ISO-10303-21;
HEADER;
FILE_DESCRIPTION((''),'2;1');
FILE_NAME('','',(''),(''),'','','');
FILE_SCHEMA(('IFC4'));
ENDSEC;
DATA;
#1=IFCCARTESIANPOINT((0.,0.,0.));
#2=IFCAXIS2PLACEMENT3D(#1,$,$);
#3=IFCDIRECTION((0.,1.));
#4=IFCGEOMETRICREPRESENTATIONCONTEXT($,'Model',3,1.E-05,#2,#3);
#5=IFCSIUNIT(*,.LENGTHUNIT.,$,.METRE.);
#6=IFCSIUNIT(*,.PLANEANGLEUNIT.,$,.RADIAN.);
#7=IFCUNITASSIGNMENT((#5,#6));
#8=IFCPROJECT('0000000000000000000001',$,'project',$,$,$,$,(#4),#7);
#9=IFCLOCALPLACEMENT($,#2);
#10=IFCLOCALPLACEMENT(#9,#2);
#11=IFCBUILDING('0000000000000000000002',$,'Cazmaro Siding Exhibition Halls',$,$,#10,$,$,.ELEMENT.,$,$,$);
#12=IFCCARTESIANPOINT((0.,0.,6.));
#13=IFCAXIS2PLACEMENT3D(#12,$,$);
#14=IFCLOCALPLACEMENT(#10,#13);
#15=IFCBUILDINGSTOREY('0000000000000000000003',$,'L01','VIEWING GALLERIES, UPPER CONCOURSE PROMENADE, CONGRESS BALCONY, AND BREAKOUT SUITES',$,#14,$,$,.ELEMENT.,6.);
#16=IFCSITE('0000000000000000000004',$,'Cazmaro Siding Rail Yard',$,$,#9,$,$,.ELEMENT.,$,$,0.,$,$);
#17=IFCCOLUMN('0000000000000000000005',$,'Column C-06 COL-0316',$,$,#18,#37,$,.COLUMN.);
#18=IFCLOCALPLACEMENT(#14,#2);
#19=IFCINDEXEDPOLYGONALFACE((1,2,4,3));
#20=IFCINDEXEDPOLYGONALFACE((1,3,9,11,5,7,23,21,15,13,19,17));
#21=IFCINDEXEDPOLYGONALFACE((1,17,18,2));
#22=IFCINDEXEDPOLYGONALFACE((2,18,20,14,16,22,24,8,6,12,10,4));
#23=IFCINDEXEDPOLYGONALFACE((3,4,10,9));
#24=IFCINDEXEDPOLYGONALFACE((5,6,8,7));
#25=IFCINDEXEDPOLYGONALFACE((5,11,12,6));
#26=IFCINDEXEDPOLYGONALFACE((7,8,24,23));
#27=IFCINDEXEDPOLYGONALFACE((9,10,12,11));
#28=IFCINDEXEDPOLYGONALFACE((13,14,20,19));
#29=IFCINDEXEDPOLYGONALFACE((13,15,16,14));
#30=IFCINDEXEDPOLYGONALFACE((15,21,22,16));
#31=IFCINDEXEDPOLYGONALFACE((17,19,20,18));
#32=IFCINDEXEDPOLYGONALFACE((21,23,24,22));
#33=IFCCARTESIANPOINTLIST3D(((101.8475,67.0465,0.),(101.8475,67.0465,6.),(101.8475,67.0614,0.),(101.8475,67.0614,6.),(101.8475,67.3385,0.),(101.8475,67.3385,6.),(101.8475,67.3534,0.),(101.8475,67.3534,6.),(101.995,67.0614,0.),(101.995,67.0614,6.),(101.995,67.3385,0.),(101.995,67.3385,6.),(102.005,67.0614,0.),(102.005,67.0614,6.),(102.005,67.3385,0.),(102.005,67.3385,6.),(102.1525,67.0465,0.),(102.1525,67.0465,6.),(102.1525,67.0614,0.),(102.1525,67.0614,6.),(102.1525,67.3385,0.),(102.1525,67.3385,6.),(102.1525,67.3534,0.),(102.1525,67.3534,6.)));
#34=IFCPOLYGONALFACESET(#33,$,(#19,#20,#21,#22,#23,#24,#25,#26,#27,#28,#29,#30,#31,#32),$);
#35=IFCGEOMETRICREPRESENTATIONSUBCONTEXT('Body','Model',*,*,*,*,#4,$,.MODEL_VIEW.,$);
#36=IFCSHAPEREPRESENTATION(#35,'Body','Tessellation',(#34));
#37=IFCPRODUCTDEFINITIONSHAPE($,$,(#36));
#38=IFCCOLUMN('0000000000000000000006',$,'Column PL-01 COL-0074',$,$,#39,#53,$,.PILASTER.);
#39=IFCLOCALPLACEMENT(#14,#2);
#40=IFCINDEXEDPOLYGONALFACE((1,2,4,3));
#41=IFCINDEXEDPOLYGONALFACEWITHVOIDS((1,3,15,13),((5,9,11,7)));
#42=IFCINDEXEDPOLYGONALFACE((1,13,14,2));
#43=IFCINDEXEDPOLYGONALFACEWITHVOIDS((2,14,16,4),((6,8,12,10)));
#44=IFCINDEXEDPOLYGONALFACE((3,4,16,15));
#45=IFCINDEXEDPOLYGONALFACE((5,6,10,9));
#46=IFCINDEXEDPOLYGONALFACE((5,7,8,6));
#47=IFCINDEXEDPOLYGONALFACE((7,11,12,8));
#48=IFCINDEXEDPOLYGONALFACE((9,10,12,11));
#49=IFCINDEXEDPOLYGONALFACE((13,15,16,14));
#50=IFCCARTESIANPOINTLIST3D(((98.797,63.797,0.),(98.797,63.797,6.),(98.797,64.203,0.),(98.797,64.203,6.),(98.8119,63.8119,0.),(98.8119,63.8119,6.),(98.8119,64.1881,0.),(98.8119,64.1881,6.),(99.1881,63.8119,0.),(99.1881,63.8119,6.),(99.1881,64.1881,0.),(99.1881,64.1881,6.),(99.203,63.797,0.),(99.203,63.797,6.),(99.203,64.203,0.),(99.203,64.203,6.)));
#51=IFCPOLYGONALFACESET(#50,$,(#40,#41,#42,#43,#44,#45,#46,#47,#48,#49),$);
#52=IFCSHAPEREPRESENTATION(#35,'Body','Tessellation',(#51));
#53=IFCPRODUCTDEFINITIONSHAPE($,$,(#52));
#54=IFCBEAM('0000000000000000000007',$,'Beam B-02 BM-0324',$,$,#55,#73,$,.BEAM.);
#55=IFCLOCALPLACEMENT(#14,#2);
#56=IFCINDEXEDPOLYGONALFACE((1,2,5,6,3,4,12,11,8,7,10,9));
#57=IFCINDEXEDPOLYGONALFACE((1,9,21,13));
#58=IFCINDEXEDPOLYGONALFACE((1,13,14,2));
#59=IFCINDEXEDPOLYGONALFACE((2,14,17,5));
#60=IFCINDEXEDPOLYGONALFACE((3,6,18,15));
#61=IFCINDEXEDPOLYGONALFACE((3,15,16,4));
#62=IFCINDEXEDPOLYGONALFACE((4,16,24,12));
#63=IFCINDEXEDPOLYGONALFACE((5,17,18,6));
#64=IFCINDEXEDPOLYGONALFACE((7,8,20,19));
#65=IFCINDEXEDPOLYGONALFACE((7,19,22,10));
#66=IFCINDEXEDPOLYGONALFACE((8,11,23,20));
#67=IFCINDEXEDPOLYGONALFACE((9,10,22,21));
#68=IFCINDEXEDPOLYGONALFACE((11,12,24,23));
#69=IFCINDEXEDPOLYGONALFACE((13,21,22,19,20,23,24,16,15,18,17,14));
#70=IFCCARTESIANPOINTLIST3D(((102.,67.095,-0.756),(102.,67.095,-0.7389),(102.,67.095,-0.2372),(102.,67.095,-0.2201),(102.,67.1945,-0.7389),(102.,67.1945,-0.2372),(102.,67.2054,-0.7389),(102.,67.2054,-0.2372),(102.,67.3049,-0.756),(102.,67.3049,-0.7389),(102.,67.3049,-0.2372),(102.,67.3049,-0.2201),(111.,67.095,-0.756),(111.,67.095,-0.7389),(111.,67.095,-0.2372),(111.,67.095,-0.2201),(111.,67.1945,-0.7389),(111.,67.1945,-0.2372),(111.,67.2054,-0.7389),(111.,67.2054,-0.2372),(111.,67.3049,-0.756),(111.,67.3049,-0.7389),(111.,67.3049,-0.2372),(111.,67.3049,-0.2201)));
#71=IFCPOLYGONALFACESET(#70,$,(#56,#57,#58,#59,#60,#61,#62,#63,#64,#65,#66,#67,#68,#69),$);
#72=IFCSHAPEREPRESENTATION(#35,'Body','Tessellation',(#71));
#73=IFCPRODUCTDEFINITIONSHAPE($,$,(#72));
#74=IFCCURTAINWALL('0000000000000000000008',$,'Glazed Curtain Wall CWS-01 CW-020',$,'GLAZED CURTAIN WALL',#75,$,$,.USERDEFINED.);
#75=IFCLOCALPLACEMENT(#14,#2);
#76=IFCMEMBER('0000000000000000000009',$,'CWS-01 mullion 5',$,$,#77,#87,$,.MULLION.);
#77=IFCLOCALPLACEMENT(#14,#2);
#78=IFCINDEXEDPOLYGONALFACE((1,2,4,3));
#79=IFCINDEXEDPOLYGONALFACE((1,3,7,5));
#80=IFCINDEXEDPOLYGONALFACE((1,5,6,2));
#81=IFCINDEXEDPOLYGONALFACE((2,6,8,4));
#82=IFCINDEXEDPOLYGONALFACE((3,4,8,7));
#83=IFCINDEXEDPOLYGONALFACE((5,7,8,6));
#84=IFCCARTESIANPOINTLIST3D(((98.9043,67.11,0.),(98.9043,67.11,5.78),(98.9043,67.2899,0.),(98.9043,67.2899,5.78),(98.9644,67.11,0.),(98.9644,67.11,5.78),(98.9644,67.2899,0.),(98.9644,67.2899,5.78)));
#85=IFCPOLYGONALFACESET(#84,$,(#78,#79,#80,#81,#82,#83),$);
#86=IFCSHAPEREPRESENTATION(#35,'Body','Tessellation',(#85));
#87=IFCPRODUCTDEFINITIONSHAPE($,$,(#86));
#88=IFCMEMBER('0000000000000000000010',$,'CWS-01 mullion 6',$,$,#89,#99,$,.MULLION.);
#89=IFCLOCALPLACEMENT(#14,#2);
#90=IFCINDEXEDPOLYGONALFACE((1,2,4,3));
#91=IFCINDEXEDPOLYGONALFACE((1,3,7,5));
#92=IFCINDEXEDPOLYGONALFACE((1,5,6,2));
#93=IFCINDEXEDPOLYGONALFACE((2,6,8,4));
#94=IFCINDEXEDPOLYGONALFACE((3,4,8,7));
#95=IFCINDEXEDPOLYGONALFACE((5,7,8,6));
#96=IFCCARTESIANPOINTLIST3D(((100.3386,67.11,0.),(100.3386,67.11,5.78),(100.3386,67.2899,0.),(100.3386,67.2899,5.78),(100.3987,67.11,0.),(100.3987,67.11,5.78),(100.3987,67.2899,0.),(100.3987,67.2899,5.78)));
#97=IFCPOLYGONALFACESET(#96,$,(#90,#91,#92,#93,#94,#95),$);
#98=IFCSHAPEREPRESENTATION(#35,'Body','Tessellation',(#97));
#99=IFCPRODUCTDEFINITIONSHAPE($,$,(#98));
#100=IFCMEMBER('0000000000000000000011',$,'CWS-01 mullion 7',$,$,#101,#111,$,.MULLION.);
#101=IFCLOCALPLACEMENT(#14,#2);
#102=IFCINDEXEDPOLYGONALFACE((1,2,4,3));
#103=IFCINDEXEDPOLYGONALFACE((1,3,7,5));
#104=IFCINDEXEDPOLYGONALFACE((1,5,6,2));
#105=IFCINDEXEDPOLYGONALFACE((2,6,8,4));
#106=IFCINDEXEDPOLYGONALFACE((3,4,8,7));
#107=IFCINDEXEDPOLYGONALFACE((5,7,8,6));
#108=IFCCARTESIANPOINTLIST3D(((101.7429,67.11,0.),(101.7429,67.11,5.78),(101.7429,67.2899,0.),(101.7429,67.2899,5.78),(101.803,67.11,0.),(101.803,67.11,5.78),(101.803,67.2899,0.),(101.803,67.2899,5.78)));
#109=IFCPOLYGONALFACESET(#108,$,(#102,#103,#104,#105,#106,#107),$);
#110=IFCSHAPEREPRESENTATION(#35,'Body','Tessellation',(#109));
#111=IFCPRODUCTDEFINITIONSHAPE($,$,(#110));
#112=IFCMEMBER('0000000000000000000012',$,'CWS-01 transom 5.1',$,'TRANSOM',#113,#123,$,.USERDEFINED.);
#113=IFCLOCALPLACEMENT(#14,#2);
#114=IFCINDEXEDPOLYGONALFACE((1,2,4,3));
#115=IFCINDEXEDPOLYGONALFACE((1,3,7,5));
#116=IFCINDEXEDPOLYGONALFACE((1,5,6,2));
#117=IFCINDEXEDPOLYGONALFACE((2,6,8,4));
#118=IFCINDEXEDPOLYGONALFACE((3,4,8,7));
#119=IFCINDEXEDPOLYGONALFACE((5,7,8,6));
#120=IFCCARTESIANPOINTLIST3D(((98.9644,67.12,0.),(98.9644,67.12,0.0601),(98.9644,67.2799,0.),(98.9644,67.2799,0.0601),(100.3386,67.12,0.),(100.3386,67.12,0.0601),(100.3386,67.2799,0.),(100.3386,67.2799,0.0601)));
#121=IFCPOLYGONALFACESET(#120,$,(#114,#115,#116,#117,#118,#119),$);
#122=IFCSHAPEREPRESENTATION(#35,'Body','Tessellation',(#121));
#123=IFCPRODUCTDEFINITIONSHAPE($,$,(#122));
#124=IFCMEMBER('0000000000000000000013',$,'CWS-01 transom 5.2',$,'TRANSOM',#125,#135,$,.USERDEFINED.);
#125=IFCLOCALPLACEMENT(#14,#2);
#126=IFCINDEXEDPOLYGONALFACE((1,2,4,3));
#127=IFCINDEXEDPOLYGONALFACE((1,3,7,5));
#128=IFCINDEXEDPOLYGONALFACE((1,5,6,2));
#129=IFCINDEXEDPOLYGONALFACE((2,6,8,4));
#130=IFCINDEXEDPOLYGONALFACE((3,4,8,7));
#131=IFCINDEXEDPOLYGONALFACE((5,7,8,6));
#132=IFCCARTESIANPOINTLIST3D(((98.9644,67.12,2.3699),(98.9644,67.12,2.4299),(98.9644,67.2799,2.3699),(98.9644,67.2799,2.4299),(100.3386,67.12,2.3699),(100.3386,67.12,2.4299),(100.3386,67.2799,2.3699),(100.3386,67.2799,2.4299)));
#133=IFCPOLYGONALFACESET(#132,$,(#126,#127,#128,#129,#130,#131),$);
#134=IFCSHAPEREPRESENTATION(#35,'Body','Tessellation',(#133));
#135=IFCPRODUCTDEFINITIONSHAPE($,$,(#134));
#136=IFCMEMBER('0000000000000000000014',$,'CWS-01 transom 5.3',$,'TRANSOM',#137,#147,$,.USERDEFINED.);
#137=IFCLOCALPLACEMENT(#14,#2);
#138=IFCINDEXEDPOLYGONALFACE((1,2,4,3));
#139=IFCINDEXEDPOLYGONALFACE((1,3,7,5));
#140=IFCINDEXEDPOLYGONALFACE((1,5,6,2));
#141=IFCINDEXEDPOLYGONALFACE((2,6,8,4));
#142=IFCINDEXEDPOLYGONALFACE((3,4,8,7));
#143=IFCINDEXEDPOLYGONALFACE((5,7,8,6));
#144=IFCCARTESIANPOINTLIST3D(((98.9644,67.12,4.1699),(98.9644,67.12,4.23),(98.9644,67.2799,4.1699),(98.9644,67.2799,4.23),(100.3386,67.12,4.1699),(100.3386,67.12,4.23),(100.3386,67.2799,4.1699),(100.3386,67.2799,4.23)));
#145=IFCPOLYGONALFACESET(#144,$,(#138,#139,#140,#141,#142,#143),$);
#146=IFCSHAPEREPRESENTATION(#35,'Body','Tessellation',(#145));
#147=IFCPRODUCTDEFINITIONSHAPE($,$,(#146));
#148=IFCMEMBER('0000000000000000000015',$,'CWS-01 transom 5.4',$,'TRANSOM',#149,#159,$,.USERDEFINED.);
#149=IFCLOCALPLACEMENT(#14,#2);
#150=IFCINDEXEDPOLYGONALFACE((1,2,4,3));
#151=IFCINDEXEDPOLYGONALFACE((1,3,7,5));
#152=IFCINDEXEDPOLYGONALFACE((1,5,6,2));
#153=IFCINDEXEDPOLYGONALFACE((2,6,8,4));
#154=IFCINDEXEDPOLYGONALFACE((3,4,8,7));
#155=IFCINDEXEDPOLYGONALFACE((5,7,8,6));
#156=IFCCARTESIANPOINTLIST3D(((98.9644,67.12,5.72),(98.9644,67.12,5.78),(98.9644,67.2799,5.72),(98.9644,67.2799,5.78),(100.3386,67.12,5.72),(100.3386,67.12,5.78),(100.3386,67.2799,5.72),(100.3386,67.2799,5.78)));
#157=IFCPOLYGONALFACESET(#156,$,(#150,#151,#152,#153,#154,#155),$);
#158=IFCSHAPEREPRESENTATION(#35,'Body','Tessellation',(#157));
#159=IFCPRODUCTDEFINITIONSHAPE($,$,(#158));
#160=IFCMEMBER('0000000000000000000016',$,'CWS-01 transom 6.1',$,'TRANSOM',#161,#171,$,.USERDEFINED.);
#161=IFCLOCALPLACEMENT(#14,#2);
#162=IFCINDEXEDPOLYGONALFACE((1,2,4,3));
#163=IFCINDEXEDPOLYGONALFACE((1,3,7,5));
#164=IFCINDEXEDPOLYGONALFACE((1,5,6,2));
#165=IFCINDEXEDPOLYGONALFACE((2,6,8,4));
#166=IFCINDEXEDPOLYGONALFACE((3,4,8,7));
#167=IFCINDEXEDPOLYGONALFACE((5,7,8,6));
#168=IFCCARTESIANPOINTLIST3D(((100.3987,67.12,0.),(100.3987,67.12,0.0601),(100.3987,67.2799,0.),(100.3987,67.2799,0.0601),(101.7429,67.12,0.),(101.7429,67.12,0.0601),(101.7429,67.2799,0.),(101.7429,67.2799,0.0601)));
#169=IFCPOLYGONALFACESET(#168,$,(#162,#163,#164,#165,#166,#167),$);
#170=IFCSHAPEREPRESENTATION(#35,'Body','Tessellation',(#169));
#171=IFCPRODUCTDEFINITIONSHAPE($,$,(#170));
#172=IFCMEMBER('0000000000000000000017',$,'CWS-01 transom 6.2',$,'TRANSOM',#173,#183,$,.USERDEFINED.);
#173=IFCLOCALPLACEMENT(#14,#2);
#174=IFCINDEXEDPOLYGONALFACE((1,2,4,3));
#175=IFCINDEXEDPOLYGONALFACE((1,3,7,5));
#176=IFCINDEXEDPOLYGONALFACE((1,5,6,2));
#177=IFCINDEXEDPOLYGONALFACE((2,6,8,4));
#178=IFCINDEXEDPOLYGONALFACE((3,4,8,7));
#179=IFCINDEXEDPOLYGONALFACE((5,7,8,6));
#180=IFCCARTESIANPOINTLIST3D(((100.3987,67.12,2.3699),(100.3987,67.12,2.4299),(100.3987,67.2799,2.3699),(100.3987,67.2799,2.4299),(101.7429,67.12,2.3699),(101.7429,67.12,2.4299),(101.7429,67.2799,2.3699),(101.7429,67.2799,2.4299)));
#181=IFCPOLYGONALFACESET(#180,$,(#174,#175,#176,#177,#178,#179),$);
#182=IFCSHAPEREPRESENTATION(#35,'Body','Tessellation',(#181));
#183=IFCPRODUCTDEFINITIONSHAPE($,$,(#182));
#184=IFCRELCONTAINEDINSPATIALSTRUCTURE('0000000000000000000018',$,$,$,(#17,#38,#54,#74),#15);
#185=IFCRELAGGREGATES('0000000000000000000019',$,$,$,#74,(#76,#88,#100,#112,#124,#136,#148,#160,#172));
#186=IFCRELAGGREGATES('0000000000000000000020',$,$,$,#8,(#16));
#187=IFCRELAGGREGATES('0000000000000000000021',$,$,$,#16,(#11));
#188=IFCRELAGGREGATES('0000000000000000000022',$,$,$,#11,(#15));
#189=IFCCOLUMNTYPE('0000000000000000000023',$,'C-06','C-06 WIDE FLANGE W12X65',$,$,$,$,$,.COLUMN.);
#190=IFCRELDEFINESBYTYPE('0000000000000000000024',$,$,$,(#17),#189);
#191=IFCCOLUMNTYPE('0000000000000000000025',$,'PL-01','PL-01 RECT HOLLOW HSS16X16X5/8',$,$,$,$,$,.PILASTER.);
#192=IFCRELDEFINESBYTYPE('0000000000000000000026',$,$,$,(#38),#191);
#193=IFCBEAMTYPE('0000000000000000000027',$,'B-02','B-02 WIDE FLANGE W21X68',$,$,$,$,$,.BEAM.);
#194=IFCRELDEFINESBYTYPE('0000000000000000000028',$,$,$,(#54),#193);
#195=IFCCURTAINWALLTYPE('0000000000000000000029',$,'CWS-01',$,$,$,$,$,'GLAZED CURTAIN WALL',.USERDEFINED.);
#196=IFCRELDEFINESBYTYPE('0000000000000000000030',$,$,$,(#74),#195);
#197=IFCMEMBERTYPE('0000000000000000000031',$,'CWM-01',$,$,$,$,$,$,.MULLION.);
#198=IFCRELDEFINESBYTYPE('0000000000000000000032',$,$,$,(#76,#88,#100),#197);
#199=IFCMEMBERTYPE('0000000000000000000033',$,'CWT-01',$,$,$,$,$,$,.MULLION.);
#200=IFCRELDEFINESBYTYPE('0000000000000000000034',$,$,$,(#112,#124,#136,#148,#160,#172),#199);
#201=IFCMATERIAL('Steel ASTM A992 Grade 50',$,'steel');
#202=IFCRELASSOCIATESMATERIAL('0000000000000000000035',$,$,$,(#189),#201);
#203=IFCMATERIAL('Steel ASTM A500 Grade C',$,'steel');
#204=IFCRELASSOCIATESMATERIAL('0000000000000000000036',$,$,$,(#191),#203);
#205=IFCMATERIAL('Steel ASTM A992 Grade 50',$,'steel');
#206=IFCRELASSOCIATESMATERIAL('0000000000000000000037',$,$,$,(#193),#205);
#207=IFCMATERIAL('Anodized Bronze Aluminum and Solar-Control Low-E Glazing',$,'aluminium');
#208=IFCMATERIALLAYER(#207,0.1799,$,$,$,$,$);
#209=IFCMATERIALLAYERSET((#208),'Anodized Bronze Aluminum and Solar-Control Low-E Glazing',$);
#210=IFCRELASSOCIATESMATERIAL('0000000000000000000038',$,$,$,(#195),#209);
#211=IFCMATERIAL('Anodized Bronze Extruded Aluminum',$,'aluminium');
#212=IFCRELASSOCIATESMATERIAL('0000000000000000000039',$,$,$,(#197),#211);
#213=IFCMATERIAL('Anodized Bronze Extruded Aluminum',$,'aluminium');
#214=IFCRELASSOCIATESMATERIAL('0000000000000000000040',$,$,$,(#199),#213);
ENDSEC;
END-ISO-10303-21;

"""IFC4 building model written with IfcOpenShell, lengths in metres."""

from ifc_helpers import new_model, si_unit, direction, frame, origin, origin_2d, place, context, subcontext, project, spatial, rectangle, hollow_rectangle, i_section, extrude, material, layer, layer_set, material_profile, profile_set, type_object, element, aggregate, save


model = new_model("IFC4")

# Units and contexts
model_context = context("Model", 3, precision=1e-05, world=origin(), true_north=direction((0.0, 1.0)))
body_context = subcontext(model_context, "Body", "Model", "MODEL_VIEW")
ifc_project = project(units=[si_unit("LENGTHUNIT", "METRE"), si_unit("PLANEANGLEUNIT", "RADIAN")], contexts=[model_context])

# Site, building, storey
site_placement = place(None, origin())
site = spatial("IfcSite", under=ifc_project, at=site_placement, Name="Cazmaro Siding Rail Yard", CompositionType="ELEMENT", RefElevation=0.0)
building_placement = place(site_placement, origin())
building = spatial("IfcBuilding", under=site, at=building_placement, Name="Cazmaro Siding Exhibition Halls", CompositionType="ELEMENT")
storey_placement = place(building_placement, frame((0.0, 0.0, 6.0)))
storey = spatial("IfcBuildingStorey", under=building, at=storey_placement, Name="L01", Description="VIEWING GALLERIES, UPPER CONCOURSE PROMENADE, CONGRESS BALCONY, AND BREAKOUT SUITES", CompositionType="ELEMENT", Elevation=6.0)

# Columns
ifc_material_1 = material(Name="Steel ASTM A992 Grade 50", Category="steel")
ifc_material_profile_1 = material_profile(ifc_material_1, i_section(OverallWidth=0.3049, OverallDepth=0.3069, WebThickness=0.01, FlangeThickness=0.0149, at=origin_2d()), Name="W12X65")
ifc_profile_set_1 = profile_set([ifc_material_profile_1], Name="Steel ASTM A992 Grade 50")
column_type_1 = type_object("IfcColumnType", Name="C-06", Description="C-06 WIDE FLANGE W12X65", PredefinedType="COLUMN", material=ifc_profile_set_1)
column_1_placement = place(storey_placement, frame((102.0, 67.2, 0.0), z_axis=(0.0, 0.0, 1.0), x_axis=(1.0, 0.0, 0.0)))
element("IfcColumn", 1, at=column_1_placement, inside=storey, type_object=column_type_1, Name="Column C-06 COL-0316", PredefinedType="COLUMN", context=body_context, shape_type="SweptSolid", body=[
    extrude(i_section(OverallWidth=0.3049, OverallDepth=0.3069, WebThickness=0.01, FlangeThickness=0.0149, at=origin_2d()), origin(), (0.0, 0.0, 1.0), 6.0),
])
ifc_material_2 = material(Name="Steel ASTM A500 Grade C", Category="steel")
ifc_material_profile_2 = material_profile(ifc_material_2, hollow_rectangle(XDim=0.406, YDim=0.406, WallThickness=0.0149, at=origin_2d()), Name="HSS16X16X5/8")
ifc_profile_set_2 = profile_set([ifc_material_profile_2], Name="Steel ASTM A500 Grade C")
column_type_2 = type_object("IfcColumnType", Name="PL-01", Description="PL-01 RECT HOLLOW HSS16X16X5/8", PredefinedType="PILASTER", material=ifc_profile_set_2)
column_2_placement = place(storey_placement, frame((99.0, 64.0, 0.0), z_axis=(0.0, 0.0, 1.0), x_axis=(1.0, 0.0, 0.0)))
element("IfcColumn", 2, at=column_2_placement, inside=storey, type_object=column_type_2, Name="Column PL-01 COL-0074", PredefinedType="PILASTER", context=body_context, shape_type="SweptSolid", body=[
    extrude(hollow_rectangle(XDim=0.406, YDim=0.406, WallThickness=0.0149, at=origin_2d()), origin(), (0.0, 0.0, 1.0), 6.0),
])

# Beam
ifc_material_3 = material(Name="Steel ASTM A992 Grade 50", Category="steel")
ifc_material_profile_3 = material_profile(ifc_material_3, i_section(OverallWidth=0.21, OverallDepth=0.5359, WebThickness=0.011, FlangeThickness=0.0171, at=origin_2d()), Name="W21X68")
ifc_profile_set_3 = profile_set([ifc_material_profile_3], Name="Steel ASTM A992 Grade 50")
beam_type_1 = type_object("IfcBeamType", Name="B-02", Description="B-02 WIDE FLANGE W21X68", PredefinedType="BEAM", material=ifc_profile_set_3)
beam_1_placement = place(storey_placement, frame((102.0, 67.2, -0.488), z_axis=(1.0, 0.0, 0.0), x_axis=(0.0, 1.0, 0.0)))
element("IfcBeam", 3, at=beam_1_placement, inside=storey, type_object=beam_type_1, Name="Beam B-02 BM-0324", PredefinedType="BEAM", context=body_context, shape_type="SweptSolid", body=[
    extrude(i_section(OverallWidth=0.21, OverallDepth=0.5359, WebThickness=0.011, FlangeThickness=0.0171, at=origin_2d()), origin(), (0.0, 0.0, 1.0), 9.0),
])

# Curtain wall, members
ifc_material_4 = material(Name="Anodized Bronze Aluminum and Solar-Control Low-E Glazing", Category="aluminium")
ifc_layer_1 = layer(ifc_material_4, 0.1799)
ifc_layer_set_1 = layer_set([ifc_layer_1], Name="Anodized Bronze Aluminum and Solar-Control Low-E Glazing")
curtain_wall_type = type_object("IfcCurtainWallType", Name="CWS-01", ElementType="GLAZED CURTAIN WALL", PredefinedType="USERDEFINED", material=ifc_layer_set_1)
curtain_wall_placement = place(storey_placement, origin())
curtain_wall = element("IfcCurtainWall", 4, at=curtain_wall_placement, inside=storey, type_object=curtain_wall_type, Name="Glazed Curtain Wall CWS-01 CW-020", ObjectType="GLAZED CURTAIN WALL", PredefinedType="USERDEFINED")
ifc_material_5 = material(Name="Anodized Bronze Extruded Aluminum", Category="aluminium")
ifc_material_profile_4 = material_profile(ifc_material_5, rectangle(XDim=0.1799, YDim=0.0601, at=origin_2d()), Name="CWM-01")
ifc_profile_set_4 = profile_set([ifc_material_profile_4], Name="Anodized Bronze Extruded Aluminum")
member_type_1 = type_object("IfcMemberType", Name="CWM-01", PredefinedType="MULLION", material=ifc_profile_set_4)
member_1_placement = place(storey_placement, frame((98.9343, 67.2, 0.0), z_axis=(0.0, 0.0, 1.0), x_axis=(0.0, 1.0, 0.0)))
member_1 = element("IfcMember", 5, at=member_1_placement, type_object=member_type_1, Name="CWS-01 mullion 5", PredefinedType="MULLION", context=body_context, shape_type="SweptSolid", body=[
    extrude(rectangle(XDim=0.1799, YDim=0.0601, at=origin_2d()), origin(), (0.0, 0.0, 1.0), 5.78),
])
member_2_placement = place(storey_placement, frame((100.3687, 67.2, 0.0), z_axis=(0.0, 0.0, 1.0), x_axis=(0.0, 1.0, 0.0)))
member_2 = element("IfcMember", 6, at=member_2_placement, type_object=member_type_1, Name="CWS-01 mullion 6", PredefinedType="MULLION", context=body_context, shape_type="SweptSolid", body=[
    extrude(rectangle(XDim=0.1799, YDim=0.0601, at=origin_2d()), origin(), (0.0, 0.0, 1.0), 5.78),
])
member_3_placement = place(storey_placement, frame((101.7729, 67.2, 0.0), z_axis=(0.0, 0.0, 1.0), x_axis=(0.0, 1.0, 0.0)))
member_3 = element("IfcMember", 7, at=member_3_placement, type_object=member_type_1, Name="CWS-01 mullion 7", PredefinedType="MULLION", context=body_context, shape_type="SweptSolid", body=[
    extrude(rectangle(XDim=0.1799, YDim=0.0601, at=origin_2d()), origin(), (0.0, 0.0, 1.0), 5.78),
])
ifc_material_6 = material(Name="Anodized Bronze Extruded Aluminum", Category="aluminium")
ifc_material_profile_5 = material_profile(ifc_material_6, rectangle(XDim=0.1599, YDim=0.0601, at=origin_2d()), Name="CWT-01")
ifc_profile_set_5 = profile_set([ifc_material_profile_5], Name="Anodized Bronze Extruded Aluminum")
member_type_2 = type_object("IfcMemberType", Name="CWT-01", PredefinedType="MULLION", material=ifc_profile_set_5)
member_4_placement = place(storey_placement, frame((98.9644, 67.2, 0.03), z_axis=(1.0, 0.0, 0.0), x_axis=(0.0, 1.0, 0.0)))
member_4 = element("IfcMember", 8, at=member_4_placement, type_object=member_type_2, Name="CWS-01 transom 5.1", ObjectType="TRANSOM", PredefinedType="USERDEFINED", context=body_context, shape_type="SweptSolid", body=[
    extrude(rectangle(XDim=0.1599, YDim=0.0601, at=origin_2d()), origin(), (0.0, 0.0, 1.0), 1.3743),
])
member_5_placement = place(storey_placement, frame((98.9644, 67.2, 2.3999), z_axis=(1.0, 0.0, 0.0), x_axis=(0.0, 1.0, 0.0)))
member_5 = element("IfcMember", 9, at=member_5_placement, type_object=member_type_2, Name="CWS-01 transom 5.2", ObjectType="TRANSOM", PredefinedType="USERDEFINED", context=body_context, shape_type="SweptSolid", body=[
    extrude(rectangle(XDim=0.1599, YDim=0.0601, at=origin_2d()), origin(), (0.0, 0.0, 1.0), 1.3743),
])
member_6_placement = place(storey_placement, frame((98.9644, 67.2, 4.2), z_axis=(1.0, 0.0, 0.0), x_axis=(0.0, 1.0, 0.0)))
member_6 = element("IfcMember", 10, at=member_6_placement, type_object=member_type_2, Name="CWS-01 transom 5.3", ObjectType="TRANSOM", PredefinedType="USERDEFINED", context=body_context, shape_type="SweptSolid", body=[
    extrude(rectangle(XDim=0.1599, YDim=0.0601, at=origin_2d()), origin(), (0.0, 0.0, 1.0), 1.3743),
])
member_7_placement = place(storey_placement, frame((98.9644, 67.2, 5.75), z_axis=(1.0, 0.0, 0.0), x_axis=(0.0, 1.0, 0.0)))
member_7 = element("IfcMember", 11, at=member_7_placement, type_object=member_type_2, Name="CWS-01 transom 5.4", ObjectType="TRANSOM", PredefinedType="USERDEFINED", context=body_context, shape_type="SweptSolid", body=[
    extrude(rectangle(XDim=0.1599, YDim=0.0601, at=origin_2d()), origin(), (0.0, 0.0, 1.0), 1.3743),
])
member_8_placement = place(storey_placement, frame((100.3987, 67.2, 0.03), z_axis=(1.0, 0.0, 0.0), x_axis=(0.0, 1.0, 0.0)))
member_8 = element("IfcMember", 12, at=member_8_placement, type_object=member_type_2, Name="CWS-01 transom 6.1", ObjectType="TRANSOM", PredefinedType="USERDEFINED", context=body_context, shape_type="SweptSolid", body=[
    extrude(rectangle(XDim=0.1599, YDim=0.0601, at=origin_2d()), origin(), (0.0, 0.0, 1.0), 1.3442),
])
member_9_placement = place(storey_placement, frame((100.3987, 67.2, 2.3999), z_axis=(1.0, 0.0, 0.0), x_axis=(0.0, 1.0, 0.0)))
member_9 = element("IfcMember", 13, at=member_9_placement, type_object=member_type_2, Name="CWS-01 transom 6.2", ObjectType="TRANSOM", PredefinedType="USERDEFINED", context=body_context, shape_type="SweptSolid", body=[
    extrude(rectangle(XDim=0.1599, YDim=0.0601, at=origin_2d()), origin(), (0.0, 0.0, 1.0), 1.3442),
])

aggregate(curtain_wall, [member_1, member_2, member_3, member_4, member_5, member_6, member_7, member_8, member_9])

save(model, "model.ifc")
